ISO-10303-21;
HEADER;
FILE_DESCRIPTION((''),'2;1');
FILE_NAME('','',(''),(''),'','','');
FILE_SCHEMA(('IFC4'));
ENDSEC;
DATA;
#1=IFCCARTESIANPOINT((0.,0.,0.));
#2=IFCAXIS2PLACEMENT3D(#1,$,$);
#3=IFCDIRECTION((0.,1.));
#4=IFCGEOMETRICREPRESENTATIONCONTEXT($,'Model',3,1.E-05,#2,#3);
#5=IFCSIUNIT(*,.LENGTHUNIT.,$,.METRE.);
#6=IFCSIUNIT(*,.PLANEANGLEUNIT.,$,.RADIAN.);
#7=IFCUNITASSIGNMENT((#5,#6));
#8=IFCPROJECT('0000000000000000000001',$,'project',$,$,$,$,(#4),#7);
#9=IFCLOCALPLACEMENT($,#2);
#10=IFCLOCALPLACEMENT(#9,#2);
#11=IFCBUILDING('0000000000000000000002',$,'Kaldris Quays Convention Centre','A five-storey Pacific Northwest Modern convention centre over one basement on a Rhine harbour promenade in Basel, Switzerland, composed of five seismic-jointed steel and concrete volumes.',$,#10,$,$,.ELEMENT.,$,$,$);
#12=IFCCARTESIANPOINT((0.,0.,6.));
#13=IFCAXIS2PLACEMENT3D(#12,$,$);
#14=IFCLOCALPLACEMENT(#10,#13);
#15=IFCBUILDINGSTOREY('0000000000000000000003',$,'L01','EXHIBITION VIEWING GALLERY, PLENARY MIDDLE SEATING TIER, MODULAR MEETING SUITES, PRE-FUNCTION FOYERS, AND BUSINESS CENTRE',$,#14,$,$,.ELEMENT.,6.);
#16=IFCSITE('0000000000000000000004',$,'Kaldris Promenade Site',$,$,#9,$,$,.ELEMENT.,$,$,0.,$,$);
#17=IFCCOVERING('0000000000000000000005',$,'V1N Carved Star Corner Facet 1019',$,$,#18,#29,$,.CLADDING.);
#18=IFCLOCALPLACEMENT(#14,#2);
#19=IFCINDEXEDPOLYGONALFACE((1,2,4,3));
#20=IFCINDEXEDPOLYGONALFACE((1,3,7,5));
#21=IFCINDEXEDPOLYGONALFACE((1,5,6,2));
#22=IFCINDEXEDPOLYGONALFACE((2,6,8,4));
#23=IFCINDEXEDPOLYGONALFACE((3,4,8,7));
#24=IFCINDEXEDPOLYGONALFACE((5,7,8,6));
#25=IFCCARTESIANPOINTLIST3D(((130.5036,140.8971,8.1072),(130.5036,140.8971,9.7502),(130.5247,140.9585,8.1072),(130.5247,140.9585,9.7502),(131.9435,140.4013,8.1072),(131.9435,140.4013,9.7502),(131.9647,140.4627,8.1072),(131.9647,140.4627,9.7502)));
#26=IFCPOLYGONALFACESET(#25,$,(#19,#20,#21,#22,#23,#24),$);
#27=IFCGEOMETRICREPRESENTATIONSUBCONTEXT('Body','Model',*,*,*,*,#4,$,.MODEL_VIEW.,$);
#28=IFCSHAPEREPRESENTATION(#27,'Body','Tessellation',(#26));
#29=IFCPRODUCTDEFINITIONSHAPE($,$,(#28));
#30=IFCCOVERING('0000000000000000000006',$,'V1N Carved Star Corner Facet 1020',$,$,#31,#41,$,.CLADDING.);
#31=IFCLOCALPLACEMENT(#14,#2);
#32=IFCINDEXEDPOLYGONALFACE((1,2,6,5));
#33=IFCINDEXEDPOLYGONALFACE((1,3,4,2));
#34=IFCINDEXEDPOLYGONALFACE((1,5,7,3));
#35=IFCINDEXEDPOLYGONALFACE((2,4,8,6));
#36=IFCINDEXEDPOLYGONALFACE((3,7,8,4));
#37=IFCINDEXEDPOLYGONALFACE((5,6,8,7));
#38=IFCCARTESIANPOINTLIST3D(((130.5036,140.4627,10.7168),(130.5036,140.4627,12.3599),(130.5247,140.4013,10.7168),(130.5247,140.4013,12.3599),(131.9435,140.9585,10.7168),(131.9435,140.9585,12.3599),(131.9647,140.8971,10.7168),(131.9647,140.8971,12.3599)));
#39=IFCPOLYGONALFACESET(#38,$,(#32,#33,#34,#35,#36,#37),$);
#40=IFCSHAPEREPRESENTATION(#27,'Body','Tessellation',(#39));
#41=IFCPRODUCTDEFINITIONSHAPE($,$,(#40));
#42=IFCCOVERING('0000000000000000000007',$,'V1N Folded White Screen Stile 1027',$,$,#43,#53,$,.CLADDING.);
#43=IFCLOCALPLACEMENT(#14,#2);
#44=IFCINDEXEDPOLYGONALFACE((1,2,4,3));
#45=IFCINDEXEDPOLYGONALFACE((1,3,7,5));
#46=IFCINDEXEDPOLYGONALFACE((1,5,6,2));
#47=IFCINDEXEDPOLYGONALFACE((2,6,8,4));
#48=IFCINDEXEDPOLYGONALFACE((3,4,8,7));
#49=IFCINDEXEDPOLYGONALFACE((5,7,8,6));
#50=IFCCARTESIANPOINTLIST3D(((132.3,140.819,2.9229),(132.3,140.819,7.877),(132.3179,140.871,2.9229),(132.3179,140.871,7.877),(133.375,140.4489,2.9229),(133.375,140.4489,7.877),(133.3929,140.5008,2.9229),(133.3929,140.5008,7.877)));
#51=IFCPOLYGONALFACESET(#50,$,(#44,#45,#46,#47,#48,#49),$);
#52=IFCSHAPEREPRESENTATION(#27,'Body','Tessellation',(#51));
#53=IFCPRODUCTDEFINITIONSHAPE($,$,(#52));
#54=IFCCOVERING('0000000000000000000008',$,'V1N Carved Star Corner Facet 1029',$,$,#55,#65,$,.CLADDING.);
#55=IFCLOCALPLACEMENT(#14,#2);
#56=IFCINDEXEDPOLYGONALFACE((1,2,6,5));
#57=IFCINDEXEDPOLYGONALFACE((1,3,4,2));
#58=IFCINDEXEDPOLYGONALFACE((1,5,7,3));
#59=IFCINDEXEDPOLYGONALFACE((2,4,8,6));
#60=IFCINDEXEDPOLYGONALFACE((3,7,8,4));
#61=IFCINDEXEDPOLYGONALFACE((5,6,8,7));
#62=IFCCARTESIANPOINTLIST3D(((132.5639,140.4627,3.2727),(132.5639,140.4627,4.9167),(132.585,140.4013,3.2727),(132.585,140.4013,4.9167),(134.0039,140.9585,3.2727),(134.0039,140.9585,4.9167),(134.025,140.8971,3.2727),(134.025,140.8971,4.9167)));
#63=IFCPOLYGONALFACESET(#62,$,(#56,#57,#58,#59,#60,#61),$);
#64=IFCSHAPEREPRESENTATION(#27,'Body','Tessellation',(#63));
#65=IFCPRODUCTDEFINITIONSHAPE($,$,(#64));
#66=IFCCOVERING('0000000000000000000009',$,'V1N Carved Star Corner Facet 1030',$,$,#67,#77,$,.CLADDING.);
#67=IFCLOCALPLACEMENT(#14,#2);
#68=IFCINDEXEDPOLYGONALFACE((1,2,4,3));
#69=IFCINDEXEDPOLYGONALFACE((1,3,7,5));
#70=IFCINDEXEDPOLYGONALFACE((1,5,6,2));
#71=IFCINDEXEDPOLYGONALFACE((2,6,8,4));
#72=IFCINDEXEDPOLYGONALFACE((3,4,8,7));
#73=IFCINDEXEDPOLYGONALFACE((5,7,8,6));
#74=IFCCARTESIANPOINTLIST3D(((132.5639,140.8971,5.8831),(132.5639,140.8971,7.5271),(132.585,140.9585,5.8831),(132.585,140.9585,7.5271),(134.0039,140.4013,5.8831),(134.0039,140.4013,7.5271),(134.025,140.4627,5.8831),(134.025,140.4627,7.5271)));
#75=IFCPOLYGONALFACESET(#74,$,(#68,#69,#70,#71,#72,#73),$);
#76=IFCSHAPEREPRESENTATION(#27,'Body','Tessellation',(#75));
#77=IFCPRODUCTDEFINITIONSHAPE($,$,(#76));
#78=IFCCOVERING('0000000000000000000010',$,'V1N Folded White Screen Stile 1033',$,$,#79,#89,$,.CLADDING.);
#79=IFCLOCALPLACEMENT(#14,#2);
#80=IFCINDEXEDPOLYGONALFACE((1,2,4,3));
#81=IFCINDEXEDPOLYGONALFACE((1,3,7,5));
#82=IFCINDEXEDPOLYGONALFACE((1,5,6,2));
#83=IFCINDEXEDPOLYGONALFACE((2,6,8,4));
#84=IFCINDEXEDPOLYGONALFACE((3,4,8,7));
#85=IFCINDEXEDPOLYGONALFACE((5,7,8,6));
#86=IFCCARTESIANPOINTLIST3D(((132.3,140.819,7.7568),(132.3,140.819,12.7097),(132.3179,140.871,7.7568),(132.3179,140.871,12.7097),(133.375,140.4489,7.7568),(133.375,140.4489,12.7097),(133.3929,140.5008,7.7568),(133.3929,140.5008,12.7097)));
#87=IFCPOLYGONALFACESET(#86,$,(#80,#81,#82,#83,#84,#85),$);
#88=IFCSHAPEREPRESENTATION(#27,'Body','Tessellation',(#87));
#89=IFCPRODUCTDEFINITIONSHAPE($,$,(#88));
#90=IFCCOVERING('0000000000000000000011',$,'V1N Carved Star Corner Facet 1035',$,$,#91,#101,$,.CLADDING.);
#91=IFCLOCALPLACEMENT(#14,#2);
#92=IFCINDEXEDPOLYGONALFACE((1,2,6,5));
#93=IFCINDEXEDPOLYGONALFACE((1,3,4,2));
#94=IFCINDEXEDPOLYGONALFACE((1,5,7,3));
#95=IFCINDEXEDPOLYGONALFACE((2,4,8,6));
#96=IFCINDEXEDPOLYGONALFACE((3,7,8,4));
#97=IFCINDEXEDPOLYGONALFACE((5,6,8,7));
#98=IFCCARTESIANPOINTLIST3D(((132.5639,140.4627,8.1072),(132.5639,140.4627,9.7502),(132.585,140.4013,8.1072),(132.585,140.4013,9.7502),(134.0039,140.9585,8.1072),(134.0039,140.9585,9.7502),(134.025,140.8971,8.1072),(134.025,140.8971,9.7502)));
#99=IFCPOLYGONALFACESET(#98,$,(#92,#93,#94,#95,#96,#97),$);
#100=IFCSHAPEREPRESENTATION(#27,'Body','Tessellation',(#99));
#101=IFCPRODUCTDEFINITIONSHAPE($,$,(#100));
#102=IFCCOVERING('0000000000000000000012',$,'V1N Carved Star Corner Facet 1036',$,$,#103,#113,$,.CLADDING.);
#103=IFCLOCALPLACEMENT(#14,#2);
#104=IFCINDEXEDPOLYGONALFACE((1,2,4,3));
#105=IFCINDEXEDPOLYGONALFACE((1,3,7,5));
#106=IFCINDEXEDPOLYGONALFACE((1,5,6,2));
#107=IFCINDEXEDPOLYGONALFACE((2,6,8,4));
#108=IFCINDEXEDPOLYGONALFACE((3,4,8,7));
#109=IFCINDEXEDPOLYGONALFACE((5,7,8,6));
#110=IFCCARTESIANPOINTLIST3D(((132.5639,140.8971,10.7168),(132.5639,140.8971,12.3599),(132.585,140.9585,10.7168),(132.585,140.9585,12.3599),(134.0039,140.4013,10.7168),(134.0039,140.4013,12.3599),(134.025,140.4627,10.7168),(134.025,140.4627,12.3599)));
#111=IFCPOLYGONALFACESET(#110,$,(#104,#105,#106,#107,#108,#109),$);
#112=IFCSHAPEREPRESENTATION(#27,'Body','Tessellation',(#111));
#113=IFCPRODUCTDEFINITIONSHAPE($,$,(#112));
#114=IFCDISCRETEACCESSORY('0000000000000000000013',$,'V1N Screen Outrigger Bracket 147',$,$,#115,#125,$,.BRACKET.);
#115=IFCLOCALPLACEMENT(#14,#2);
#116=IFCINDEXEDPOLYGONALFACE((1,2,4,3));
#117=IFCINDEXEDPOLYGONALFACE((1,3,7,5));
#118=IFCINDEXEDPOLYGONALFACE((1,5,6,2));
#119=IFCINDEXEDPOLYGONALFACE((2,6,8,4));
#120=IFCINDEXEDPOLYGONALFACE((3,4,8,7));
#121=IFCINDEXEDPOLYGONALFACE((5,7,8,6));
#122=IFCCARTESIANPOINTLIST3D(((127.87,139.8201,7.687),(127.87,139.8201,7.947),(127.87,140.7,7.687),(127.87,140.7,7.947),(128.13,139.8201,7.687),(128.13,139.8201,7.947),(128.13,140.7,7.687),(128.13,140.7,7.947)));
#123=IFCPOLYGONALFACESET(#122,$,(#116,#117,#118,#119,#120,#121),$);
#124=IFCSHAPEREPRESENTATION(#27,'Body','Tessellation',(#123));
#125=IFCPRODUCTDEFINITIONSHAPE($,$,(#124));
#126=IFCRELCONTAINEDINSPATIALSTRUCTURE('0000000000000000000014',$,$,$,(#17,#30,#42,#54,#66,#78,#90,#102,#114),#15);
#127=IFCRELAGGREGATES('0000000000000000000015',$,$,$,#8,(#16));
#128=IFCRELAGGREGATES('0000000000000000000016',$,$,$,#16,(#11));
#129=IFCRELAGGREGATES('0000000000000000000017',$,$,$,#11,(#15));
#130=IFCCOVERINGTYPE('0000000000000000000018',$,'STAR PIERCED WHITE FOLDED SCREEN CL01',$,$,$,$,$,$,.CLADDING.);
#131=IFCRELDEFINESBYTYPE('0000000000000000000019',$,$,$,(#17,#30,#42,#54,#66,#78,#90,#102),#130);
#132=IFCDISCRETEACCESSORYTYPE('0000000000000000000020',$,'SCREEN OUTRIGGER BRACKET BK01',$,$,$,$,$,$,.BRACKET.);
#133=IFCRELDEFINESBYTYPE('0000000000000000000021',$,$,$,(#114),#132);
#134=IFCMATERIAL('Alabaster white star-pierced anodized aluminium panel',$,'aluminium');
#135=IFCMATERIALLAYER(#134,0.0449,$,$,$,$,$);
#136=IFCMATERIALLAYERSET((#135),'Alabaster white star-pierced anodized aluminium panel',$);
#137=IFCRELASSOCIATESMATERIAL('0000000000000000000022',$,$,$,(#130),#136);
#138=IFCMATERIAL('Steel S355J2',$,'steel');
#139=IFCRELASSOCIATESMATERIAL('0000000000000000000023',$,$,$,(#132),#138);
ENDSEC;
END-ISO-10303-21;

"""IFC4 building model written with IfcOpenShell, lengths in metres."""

from ifc_helpers import new_model, si_unit, direction, frame, origin, origin_2d, place, context, subcontext, project, spatial, rectangle, extrude, material, layer, layer_set, type_object, element, save


model = new_model("IFC4")

# Units and contexts
model_context = context("Model", 3, precision=1e-05, world=origin(), true_north=direction((0.0, 1.0)))
body_context = subcontext(model_context, "Body", "Model", "MODEL_VIEW")
ifc_project = project(units=[si_unit("LENGTHUNIT", "METRE"), si_unit("PLANEANGLEUNIT", "RADIAN")], contexts=[model_context])

# Site, building, storey
site_placement = place(None, origin())
site = spatial("IfcSite", under=ifc_project, at=site_placement, Name="Kaldris Promenade Site", CompositionType="ELEMENT", RefElevation=0.0)
building_placement = place(site_placement, origin())
building = spatial("IfcBuilding", under=site, at=building_placement, Name="Kaldris Quays Convention Centre", Description="A five-storey Pacific Northwest Modern convention centre over one basement on a Rhine harbour promenade in Basel, Switzerland, composed of five seismic-jointed steel and concrete volumes.", CompositionType="ELEMENT")
storey_placement = place(building_placement, frame((0.0, 0.0, 6.0)))
storey = spatial("IfcBuildingStorey", under=building, at=storey_placement, Name="L01", Description="EXHIBITION VIEWING GALLERY, PLENARY MIDDLE SEATING TIER, MODULAR MEETING SUITES, PRE-FUNCTION FOYERS, AND BUSINESS CENTRE", CompositionType="ELEMENT", Elevation=6.0)

# Coverings
ifc_material_1 = material(Name="Alabaster white star-pierced anodized aluminium panel", Category="aluminium")
ifc_layer = layer(ifc_material_1, 0.0449)
ifc_layer_set = layer_set([ifc_layer], Name="Alabaster white star-pierced anodized aluminium panel")
covering_type = type_object("IfcCoveringType", Name="STAR PIERCED WHITE FOLDED SCREEN CL01", PredefinedType="CLADDING", material=ifc_layer_set)
for number, where, z_axis, x_axis, name in (
    (1, (131.2341, 140.6799, 8.1072), (0.0, 0.0, 1.0), (0.945519, -0.325568, 0.0), "V1N Carved Star Corner Facet 1019"),
    (2, (131.2341, 140.6799, 10.7168), (0.0, 0.0, 1.0), (0.945519, 0.325568, 0.0), "V1N Carved Star Corner Facet 1020"),
):
    element("IfcCovering", number, at=place(storey_placement, frame(where, z_axis=z_axis, x_axis=x_axis)), inside=storey, type_object=covering_type, Name=name, PredefinedType="CLADDING", context=body_context, shape_type="SweptSolid", body=[
        extrude(rectangle(XDim=1.5229, YDim=0.0649, at=origin_2d()), origin(), (0.0, 0.0, 1.0), 1.6431),
    ])
covering_1_placement = place(storey_placement, frame((132.8464, 140.6599, 2.9229), z_axis=(0.0, 0.0, 1.0), x_axis=(0.945519, -0.325568, 0.0)))
element("IfcCovering", 3, at=covering_1_placement, inside=storey, type_object=covering_type, Name="V1N Folded White Screen Stile 1027", PredefinedType="CLADDING", context=body_context, shape_type="SweptSolid", body=[
    extrude(rectangle(XDim=1.137, YDim=0.0549, at=origin_2d()), origin(), (0.0, 0.0, 1.0), 4.9541),
])
for number, where, z_axis, x_axis, name in (
    (4, (133.2944, 140.6799, 3.2727), (0.0, 0.0, 1.0), (0.945519, 0.325568, 0.0), "V1N Carved Star Corner Facet 1029"),
    (5, (133.2944, 140.6799, 5.8831), (0.0, 0.0, 1.0), (0.945519, -0.325568, 0.0), "V1N Carved Star Corner Facet 1030"),
):
    element("IfcCovering", number, at=place(storey_placement, frame(where, z_axis=z_axis, x_axis=x_axis)), inside=storey, type_object=covering_type, Name=name, PredefinedType="CLADDING", context=body_context, shape_type="SweptSolid", body=[
        extrude(rectangle(XDim=1.5229, YDim=0.0649, at=origin_2d()), origin(), (0.0, 0.0, 1.0), 1.644),
    ])
covering_2_placement = place(storey_placement, frame((132.8464, 140.6599, 7.7568), z_axis=(0.0, 0.0, 1.0), x_axis=(0.945519, -0.325568, 0.0)))
element("IfcCovering", 6, at=covering_2_placement, inside=storey, type_object=covering_type, Name="V1N Folded White Screen Stile 1033", PredefinedType="CLADDING", context=body_context, shape_type="SweptSolid", body=[
    extrude(rectangle(XDim=1.137, YDim=0.0549, at=origin_2d()), origin(), (0.0, 0.0, 1.0), 4.9529),
])
for number, where, z_axis, x_axis, name in (
    (7, (133.2944, 140.6799, 8.1072), (0.0, 0.0, 1.0), (0.945519, 0.325568, 0.0), "V1N Carved Star Corner Facet 1035"),
    (8, (133.2944, 140.6799, 10.7168), (0.0, 0.0, 1.0), (0.945519, -0.325568, 0.0), "V1N Carved Star Corner Facet 1036"),
):
    element("IfcCovering", number, at=place(storey_placement, frame(where, z_axis=z_axis, x_axis=x_axis)), inside=storey, type_object=covering_type, Name=name, PredefinedType="CLADDING", context=body_context, shape_type="SweptSolid", body=[
        extrude(rectangle(XDim=1.5229, YDim=0.0649, at=origin_2d()), origin(), (0.0, 0.0, 1.0), 1.6431),
    ])

# Discrete accessory
ifc_material_2 = material(Name="Steel S355J2", Category="steel")
discrete_accessory_type = type_object("IfcDiscreteAccessoryType", Name="SCREEN OUTRIGGER BRACKET BK01", PredefinedType="BRACKET", material=ifc_material_2)
discrete_accessory_placement = place(storey_placement, frame((128.0, 140.26, 7.687), z_axis=(0.0, 0.0, 1.0), x_axis=(1.0, 0.0, 0.0)))
element("IfcDiscreteAccessory", 9, at=discrete_accessory_placement, inside=storey, type_object=discrete_accessory_type, Name="V1N Screen Outrigger Bracket 147", PredefinedType="BRACKET", context=body_context, shape_type="SweptSolid", body=[
    extrude(rectangle(XDim=0.26, YDim=0.8799, at=origin_2d()), origin(), (0.0, 0.0, 1.0), 0.26),
])

save(model, "model.ifc")
